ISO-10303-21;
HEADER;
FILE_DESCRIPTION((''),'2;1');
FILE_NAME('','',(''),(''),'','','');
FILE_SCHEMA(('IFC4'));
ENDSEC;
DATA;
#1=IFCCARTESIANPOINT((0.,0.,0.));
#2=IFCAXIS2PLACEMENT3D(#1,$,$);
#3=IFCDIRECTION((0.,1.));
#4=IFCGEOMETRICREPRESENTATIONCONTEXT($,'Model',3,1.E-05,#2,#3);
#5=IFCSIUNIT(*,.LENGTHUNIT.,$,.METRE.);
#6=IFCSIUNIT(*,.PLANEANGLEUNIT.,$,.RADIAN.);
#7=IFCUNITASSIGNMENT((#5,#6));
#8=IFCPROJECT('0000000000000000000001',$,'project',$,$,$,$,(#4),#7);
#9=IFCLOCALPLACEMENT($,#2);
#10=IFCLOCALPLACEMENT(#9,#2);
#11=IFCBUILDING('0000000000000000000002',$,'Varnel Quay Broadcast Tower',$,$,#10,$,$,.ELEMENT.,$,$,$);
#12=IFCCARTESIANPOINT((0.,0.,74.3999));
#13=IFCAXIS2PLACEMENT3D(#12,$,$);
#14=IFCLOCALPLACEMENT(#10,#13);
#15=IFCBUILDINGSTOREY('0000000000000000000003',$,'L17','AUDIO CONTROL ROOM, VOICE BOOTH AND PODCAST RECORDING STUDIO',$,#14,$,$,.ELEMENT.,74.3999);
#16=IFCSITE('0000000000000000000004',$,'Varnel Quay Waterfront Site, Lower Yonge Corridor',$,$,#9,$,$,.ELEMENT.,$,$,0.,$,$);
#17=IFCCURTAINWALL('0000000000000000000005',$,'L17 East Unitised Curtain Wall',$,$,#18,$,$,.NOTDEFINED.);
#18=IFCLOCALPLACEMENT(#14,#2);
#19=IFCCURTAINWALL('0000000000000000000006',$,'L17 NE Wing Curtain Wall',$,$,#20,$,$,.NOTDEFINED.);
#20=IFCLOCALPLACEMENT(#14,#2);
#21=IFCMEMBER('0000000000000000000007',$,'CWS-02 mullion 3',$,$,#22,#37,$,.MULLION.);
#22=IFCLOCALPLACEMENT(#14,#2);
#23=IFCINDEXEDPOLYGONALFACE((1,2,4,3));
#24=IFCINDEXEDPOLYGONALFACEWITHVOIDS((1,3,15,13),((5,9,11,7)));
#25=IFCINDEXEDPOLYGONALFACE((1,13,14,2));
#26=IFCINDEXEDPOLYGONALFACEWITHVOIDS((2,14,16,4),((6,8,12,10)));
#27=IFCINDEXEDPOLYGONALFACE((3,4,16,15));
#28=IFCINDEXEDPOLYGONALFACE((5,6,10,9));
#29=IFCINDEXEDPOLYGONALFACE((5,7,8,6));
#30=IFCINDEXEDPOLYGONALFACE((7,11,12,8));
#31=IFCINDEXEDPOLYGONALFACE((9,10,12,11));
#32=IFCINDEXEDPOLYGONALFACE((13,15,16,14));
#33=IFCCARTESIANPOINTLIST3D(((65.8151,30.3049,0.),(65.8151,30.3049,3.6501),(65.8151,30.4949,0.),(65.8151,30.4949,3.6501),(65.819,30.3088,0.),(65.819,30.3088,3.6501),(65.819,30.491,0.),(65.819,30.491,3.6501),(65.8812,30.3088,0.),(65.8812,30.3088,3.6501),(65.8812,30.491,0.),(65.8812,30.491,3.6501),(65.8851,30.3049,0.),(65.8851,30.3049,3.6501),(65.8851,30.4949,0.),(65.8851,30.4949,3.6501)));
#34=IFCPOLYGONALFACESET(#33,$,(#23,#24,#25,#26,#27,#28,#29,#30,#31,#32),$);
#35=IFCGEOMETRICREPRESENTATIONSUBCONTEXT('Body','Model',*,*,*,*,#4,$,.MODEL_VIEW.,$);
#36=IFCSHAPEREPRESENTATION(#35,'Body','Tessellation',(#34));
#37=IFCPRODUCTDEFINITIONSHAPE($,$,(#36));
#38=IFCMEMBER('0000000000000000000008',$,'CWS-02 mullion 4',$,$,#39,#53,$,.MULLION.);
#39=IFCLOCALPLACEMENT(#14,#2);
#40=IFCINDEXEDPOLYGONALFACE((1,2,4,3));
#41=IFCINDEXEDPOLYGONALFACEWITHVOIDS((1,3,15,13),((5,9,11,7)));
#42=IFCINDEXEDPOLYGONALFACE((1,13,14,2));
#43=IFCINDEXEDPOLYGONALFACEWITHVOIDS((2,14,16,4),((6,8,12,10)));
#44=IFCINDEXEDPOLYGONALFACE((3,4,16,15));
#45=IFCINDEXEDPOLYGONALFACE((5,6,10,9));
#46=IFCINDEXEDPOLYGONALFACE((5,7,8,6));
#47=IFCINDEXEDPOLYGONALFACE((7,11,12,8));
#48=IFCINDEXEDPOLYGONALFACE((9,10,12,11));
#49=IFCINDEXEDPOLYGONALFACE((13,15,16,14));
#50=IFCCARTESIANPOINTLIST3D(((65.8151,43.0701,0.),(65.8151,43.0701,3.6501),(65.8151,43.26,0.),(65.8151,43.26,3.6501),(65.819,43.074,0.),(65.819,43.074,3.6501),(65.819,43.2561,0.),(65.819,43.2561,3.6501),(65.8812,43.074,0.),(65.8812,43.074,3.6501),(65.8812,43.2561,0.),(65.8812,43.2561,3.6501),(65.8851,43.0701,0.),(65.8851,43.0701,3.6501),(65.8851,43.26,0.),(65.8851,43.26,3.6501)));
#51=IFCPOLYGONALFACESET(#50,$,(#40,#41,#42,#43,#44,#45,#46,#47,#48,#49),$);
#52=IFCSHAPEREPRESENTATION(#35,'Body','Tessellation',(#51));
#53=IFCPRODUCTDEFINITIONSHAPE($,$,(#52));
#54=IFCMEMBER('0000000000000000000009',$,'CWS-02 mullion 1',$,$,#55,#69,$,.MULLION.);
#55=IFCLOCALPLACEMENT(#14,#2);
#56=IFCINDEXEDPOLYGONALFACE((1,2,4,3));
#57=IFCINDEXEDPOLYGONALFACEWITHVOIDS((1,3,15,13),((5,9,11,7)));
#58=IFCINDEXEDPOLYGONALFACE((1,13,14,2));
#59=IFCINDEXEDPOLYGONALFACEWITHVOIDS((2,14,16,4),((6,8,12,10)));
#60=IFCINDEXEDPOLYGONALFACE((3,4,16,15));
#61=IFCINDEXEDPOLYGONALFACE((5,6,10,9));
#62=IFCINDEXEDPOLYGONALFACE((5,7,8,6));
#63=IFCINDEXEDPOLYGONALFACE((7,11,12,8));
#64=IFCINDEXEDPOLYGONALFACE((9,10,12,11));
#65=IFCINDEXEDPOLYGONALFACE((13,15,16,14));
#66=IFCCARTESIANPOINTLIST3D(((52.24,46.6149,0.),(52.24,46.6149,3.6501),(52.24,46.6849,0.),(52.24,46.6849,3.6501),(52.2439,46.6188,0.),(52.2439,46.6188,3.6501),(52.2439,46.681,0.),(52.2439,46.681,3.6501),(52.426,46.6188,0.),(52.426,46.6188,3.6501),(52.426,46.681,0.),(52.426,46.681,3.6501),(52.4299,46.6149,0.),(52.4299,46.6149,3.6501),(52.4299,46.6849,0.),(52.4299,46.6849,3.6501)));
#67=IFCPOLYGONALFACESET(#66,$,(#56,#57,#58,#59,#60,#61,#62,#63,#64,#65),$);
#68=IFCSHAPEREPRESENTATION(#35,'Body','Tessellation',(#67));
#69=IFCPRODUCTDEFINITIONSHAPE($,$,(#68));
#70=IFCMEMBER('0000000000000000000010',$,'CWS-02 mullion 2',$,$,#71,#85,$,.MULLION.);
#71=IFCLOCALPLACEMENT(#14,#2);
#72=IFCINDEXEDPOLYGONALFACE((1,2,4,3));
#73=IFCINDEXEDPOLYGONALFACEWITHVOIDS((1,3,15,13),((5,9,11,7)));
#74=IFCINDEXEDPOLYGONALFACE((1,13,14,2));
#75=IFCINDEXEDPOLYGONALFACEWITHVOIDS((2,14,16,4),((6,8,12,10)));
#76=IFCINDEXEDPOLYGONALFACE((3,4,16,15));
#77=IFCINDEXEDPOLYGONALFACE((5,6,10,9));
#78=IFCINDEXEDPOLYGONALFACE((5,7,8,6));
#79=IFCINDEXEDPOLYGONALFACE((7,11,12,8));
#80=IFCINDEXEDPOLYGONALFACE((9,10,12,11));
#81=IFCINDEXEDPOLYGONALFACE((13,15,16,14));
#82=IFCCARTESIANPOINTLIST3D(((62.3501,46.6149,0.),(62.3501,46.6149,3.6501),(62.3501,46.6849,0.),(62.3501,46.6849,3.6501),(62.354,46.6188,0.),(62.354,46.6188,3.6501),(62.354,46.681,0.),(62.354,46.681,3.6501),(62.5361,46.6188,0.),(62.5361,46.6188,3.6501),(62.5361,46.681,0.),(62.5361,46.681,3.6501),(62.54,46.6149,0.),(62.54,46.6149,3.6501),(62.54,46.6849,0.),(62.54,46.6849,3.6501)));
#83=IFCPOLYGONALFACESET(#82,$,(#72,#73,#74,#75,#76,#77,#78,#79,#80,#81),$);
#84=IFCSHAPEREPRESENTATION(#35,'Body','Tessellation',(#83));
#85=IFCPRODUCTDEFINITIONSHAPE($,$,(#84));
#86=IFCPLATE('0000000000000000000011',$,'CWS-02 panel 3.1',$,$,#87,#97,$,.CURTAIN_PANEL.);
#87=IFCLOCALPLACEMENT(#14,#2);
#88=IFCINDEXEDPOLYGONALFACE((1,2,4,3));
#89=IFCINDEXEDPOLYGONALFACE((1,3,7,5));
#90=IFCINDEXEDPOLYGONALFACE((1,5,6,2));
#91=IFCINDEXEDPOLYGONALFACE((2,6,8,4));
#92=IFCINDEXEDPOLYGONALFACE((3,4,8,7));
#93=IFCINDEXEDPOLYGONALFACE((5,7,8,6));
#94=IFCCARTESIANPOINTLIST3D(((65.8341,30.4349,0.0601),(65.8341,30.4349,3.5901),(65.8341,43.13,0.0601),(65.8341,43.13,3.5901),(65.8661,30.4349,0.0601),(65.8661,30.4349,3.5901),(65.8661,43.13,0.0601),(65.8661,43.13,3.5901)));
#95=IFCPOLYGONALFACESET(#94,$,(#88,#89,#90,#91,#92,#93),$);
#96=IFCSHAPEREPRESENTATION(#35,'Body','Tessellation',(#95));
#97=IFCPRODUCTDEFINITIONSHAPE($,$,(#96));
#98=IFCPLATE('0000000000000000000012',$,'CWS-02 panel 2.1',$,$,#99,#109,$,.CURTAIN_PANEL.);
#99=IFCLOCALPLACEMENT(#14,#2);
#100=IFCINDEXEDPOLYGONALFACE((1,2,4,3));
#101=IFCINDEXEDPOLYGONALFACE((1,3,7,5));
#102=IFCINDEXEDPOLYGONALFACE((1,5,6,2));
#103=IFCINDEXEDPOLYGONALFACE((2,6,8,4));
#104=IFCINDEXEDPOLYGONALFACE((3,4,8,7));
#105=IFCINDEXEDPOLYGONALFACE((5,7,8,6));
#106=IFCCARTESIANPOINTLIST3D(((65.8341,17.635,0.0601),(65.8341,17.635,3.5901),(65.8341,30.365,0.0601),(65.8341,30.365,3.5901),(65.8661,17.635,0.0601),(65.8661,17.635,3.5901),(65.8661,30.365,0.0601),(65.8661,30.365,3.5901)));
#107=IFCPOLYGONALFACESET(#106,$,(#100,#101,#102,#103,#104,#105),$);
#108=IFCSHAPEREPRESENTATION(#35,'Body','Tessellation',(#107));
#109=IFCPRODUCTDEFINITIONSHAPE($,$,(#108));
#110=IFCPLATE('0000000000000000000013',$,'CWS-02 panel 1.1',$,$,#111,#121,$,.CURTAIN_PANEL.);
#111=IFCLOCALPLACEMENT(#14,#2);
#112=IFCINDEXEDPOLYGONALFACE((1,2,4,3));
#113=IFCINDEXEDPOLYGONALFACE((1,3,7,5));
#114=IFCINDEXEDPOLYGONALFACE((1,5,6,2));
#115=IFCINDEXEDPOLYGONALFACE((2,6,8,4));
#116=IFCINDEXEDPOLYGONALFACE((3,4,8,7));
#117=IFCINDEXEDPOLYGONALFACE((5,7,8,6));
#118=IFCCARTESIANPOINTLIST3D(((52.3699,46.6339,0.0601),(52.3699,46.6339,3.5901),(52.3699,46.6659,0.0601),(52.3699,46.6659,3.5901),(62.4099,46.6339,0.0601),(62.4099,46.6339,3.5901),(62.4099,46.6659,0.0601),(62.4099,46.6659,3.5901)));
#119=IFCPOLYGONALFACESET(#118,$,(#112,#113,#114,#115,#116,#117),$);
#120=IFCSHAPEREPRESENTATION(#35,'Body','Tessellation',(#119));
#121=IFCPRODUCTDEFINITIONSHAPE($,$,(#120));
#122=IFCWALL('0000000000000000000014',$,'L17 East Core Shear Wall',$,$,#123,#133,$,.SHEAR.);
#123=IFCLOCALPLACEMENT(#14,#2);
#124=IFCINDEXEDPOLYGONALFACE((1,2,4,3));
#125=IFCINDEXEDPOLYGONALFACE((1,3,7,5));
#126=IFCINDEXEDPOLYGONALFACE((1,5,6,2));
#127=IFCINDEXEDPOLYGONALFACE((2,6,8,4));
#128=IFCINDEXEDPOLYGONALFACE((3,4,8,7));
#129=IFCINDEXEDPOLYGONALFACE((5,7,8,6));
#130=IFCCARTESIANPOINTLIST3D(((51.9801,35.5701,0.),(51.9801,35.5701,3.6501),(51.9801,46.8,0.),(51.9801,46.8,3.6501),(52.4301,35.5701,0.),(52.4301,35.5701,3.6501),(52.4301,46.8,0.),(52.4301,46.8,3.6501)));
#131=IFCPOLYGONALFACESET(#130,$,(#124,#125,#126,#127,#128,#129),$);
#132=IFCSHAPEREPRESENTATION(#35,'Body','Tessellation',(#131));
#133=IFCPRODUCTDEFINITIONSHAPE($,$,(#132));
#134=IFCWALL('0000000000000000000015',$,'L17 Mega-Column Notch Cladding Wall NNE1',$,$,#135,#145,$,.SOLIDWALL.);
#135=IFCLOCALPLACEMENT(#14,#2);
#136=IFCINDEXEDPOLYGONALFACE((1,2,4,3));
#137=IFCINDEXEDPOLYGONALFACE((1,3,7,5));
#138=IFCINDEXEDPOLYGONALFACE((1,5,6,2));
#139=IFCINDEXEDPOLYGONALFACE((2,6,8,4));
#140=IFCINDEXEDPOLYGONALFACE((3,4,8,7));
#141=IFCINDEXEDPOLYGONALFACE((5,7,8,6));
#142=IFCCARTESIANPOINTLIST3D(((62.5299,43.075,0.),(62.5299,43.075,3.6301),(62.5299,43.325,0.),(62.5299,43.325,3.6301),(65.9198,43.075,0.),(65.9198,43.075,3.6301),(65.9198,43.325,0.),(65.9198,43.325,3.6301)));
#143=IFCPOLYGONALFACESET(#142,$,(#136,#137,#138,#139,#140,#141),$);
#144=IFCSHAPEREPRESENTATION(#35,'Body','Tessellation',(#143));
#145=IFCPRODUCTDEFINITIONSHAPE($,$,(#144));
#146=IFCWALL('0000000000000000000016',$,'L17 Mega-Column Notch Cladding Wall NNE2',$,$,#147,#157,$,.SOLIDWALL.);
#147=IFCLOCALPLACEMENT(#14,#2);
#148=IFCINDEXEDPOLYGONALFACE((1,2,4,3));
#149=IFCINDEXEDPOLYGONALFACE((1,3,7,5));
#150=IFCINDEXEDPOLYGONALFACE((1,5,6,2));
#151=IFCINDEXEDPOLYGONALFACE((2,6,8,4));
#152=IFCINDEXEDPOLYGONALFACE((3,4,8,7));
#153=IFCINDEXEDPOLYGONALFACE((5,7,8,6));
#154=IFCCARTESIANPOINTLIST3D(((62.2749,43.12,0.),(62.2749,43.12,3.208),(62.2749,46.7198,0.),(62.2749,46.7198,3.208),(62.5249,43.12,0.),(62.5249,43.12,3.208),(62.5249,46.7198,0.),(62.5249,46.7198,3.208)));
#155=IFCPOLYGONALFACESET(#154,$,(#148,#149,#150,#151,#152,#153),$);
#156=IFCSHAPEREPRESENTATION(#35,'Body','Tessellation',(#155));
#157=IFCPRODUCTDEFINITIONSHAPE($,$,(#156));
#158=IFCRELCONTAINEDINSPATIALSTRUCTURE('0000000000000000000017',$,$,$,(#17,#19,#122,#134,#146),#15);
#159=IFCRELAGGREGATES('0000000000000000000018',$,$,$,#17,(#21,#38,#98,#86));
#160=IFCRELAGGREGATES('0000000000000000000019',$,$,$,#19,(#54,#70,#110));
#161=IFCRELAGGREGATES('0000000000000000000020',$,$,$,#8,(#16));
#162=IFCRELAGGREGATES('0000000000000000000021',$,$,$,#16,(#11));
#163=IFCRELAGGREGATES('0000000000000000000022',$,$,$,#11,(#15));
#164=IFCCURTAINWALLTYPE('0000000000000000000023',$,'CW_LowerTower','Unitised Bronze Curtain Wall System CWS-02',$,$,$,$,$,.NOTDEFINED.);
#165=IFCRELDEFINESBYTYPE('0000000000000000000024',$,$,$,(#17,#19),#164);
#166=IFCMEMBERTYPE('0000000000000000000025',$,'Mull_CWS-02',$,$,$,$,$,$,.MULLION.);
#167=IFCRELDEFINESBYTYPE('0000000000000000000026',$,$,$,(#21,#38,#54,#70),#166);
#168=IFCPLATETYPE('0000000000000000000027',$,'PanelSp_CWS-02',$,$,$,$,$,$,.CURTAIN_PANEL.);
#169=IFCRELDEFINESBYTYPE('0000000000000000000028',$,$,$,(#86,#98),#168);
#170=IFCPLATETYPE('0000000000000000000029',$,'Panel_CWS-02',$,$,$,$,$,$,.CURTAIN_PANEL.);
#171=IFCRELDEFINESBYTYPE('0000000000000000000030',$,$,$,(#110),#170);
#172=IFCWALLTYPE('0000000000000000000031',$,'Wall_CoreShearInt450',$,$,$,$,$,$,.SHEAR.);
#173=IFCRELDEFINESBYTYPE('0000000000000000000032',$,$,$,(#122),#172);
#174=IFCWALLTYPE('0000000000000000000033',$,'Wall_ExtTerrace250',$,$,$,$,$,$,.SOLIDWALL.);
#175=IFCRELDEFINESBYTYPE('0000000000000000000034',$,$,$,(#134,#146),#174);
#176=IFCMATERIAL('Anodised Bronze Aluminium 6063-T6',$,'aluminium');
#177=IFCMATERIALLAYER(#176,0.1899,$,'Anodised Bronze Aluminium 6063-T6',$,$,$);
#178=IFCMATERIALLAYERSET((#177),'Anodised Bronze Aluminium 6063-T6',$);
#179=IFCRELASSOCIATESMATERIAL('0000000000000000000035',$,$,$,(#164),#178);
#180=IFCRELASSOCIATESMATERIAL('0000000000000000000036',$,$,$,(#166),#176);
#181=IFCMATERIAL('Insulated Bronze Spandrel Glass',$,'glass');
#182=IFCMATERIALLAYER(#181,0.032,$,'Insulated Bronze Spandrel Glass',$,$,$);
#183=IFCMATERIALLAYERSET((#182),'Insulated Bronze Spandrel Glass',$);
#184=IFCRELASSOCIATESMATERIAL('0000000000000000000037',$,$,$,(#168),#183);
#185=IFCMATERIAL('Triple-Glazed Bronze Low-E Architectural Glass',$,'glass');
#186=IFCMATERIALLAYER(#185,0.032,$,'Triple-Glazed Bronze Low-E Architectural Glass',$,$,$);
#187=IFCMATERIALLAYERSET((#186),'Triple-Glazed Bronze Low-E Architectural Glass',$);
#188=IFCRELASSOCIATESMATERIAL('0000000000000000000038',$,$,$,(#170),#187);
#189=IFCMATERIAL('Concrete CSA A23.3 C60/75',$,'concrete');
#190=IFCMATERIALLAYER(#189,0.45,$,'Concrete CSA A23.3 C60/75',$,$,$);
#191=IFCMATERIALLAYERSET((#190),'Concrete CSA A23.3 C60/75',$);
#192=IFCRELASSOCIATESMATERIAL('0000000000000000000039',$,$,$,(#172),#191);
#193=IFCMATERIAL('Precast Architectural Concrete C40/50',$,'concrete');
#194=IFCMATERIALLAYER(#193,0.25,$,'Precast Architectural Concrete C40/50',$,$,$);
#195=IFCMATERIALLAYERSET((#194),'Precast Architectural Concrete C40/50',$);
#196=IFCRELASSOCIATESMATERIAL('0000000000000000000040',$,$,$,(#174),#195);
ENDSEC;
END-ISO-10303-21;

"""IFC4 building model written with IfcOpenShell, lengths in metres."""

from ifc_helpers import new_model, si_unit, direction, frame, frame_2d, origin, origin_2d, place, context, subcontext, project, spatial, rectangle, hollow_rectangle, extrude, source, transform, mapped, material, layer, layer_set, material_profile, profile_set, type_object, type_shapes, element, aggregate, save


model = new_model("IFC4")

# Units and contexts
model_context = context("Model", 3, precision=1e-05, world=origin(), true_north=direction((0.0, 1.0)))
body_context = subcontext(model_context, "Body", "Model", "MODEL_VIEW")
ifc_project = project(units=[si_unit("LENGTHUNIT", "METRE"), si_unit("PLANEANGLEUNIT", "RADIAN")], contexts=[model_context])

# Site, building, storey
site_placement = place(None, origin())
site = spatial("IfcSite", under=ifc_project, at=site_placement, Name="Varnel Quay Waterfront Site, Lower Yonge Corridor", CompositionType="ELEMENT", RefElevation=0.0)
building_placement = place(site_placement, origin())
building = spatial("IfcBuilding", under=site, at=building_placement, Name="Varnel Quay Broadcast Tower", CompositionType="ELEMENT")
storey_placement = place(building_placement, frame((0.0, 0.0, 74.3999)))
storey = spatial("IfcBuildingStorey", under=building, at=storey_placement, Name="L17", Description="AUDIO CONTROL ROOM, VOICE BOOTH AND PODCAST RECORDING STUDIO", CompositionType="ELEMENT", Elevation=74.3999)

# Curtain walls
ifc_material_1 = material(Name="Anodised Bronze Aluminium 6063-T6", Category="aluminium")
ifc_layer_1 = layer(ifc_material_1, 0.1899, Name="Anodised Bronze Aluminium 6063-T6")
ifc_layer_set_1 = layer_set([ifc_layer_1], Name="Anodised Bronze Aluminium 6063-T6")
curtain_wall_type = type_object("IfcCurtainWallType", Name="CW_LowerTower", Description="Unitised Bronze Curtain Wall System CWS-02", PredefinedType="NOTDEFINED", material=ifc_layer_set_1)
curtain_wall_1_placement = place(storey_placement, origin())
curtain_wall_1 = element("IfcCurtainWall", 1, at=curtain_wall_1_placement, inside=storey, type_object=curtain_wall_type, Name="L17 East Unitised Curtain Wall", PredefinedType="NOTDEFINED")
curtain_wall_2_placement = place(storey_placement, origin())
curtain_wall_2 = element("IfcCurtainWall", 2, at=curtain_wall_2_placement, inside=storey, type_object=curtain_wall_type, Name="L17 NE Wing Curtain Wall", PredefinedType="NOTDEFINED")

# Members
ifc_material_profile_1 = material_profile(ifc_material_1, hollow_rectangle(XDim=0.0701, YDim=0.1899, WallThickness=0.0039, at=origin_2d()), Name="ALU70X190X4")
ifc_profile_set_1 = profile_set([ifc_material_profile_1], Name="Anodised Bronze Aluminium 6063-T6")
member_type_1 = type_object("IfcMemberType", Name="Mull_CWS-02", PredefinedType="MULLION", material=ifc_profile_set_1)
shared_shape_1 = source(origin(), body_context, "Body", "SweptSolid", [
    extrude(hollow_rectangle(XDim=0.0701, YDim=0.1899, WallThickness=0.0039, at=origin_2d()), origin(), (0.0, 0.0, 1.0), 3.6501),
])
type_shapes(member_type_1, [shared_shape_1])
member_1_placement = place(storey_placement, frame((65.8501, 30.3999, 0.0), z_axis=(0.0, 0.0, 1.0), x_axis=(-1.0, 0.0, 0.0)))
member_1 = element("IfcMember", 3, at=member_1_placement, type_object=member_type_1, Name="CWS-02 mullion 3", PredefinedType="MULLION", context=body_context, shape_type="MappedRepresentation", body=[
    mapped(shared_shape_1, transform((0.0, 0.0, 0.0), x_axis=(1.0, 0.0, 0.0), y_axis=(0.0, 1.0, 0.0), z_axis=(0.0, 0.0, 1.0), scale=1.0)),
])
member_2_placement = place(storey_placement, frame((65.8501, 43.165, 0.0), z_axis=(0.0, 0.0, 1.0), x_axis=(-1.0, 0.0, 0.0)))
member_2 = element("IfcMember", 4, at=member_2_placement, type_object=member_type_1, Name="CWS-02 mullion 4", PredefinedType="MULLION", context=body_context, shape_type="MappedRepresentation", body=[
    mapped(shared_shape_1, transform((0.0, 0.0, 0.0), x_axis=(1.0, 0.0, 0.0), y_axis=(0.0, 1.0, 0.0), z_axis=(0.0, 0.0, 1.0), scale=1.0)),
])
member_3_placement = place(storey_placement, frame((52.335, 46.6499, 0.0), z_axis=(0.0, 0.0, 1.0), x_axis=(0.0, 1.0, 0.0)))
member_3 = element("IfcMember", 5, at=member_3_placement, type_object=member_type_1, Name="CWS-02 mullion 1", PredefinedType="MULLION", context=body_context, shape_type="MappedRepresentation", body=[
    mapped(shared_shape_1, transform((0.0, 0.0, 0.0), x_axis=(1.0, 0.0, 0.0), y_axis=(0.0, 1.0, 0.0), z_axis=(0.0, 0.0, 1.0), scale=1.0)),
])
member_4_placement = place(storey_placement, frame((62.4451, 46.6499, 0.0), z_axis=(0.0, 0.0, 1.0), x_axis=(0.0, 1.0, 0.0)))
member_4 = element("IfcMember", 6, at=member_4_placement, type_object=member_type_1, Name="CWS-02 mullion 2", PredefinedType="MULLION", context=body_context, shape_type="MappedRepresentation", body=[
    mapped(shared_shape_1, transform((0.0, 0.0, 0.0), x_axis=(1.0, 0.0, 0.0), y_axis=(0.0, 1.0, 0.0), z_axis=(0.0, 0.0, 1.0), scale=1.0)),
])

# Plates
ifc_material_2 = material(Name="Insulated Bronze Spandrel Glass", Category="glass")
ifc_layer_2 = layer(ifc_material_2, 0.032, Name="Insulated Bronze Spandrel Glass")
ifc_layer_set_2 = layer_set([ifc_layer_2], Name="Insulated Bronze Spandrel Glass")
plate_type_1 = type_object("IfcPlateType", Name="PanelSp_CWS-02", PredefinedType="CURTAIN_PANEL", material=ifc_layer_set_2)
shared_shape_2 = source(origin(), body_context, "Body", "SweptSolid", [
    extrude(rectangle(XDim=12.6951, YDim=0.032, at=origin_2d()), origin(), (0.0, 0.0, 1.0), 3.53),
])
plate_1_placement = place(storey_placement, frame((65.8501, 36.7825, 0.0601), z_axis=(0.0, 0.0, 1.0), x_axis=(0.0, 1.0, 0.0)))
plate_1 = element("IfcPlate", 7, at=plate_1_placement, type_object=plate_type_1, Name="CWS-02 panel 3.1", PredefinedType="CURTAIN_PANEL", context=body_context, shape_type="MappedRepresentation", body=[
    mapped(shared_shape_2, transform((0.0, 0.0, 0.0), x_axis=(1.0, 0.0, 0.0), y_axis=(0.0, 1.0, 0.0), z_axis=(0.0, 0.0, 1.0), scale=1.0)),
])
shared_shape_3 = source(origin(), body_context, "Body", "SweptSolid", [
    extrude(rectangle(XDim=12.73, YDim=0.032, at=origin_2d()), origin(), (0.0, 0.0, 1.0), 3.53),
])
type_shapes(plate_type_1, [shared_shape_2, shared_shape_3])
plate_2_placement = place(storey_placement, frame((65.8501, 24.0, 0.0601), z_axis=(0.0, 0.0, 1.0), x_axis=(0.0, 1.0, 0.0)))
plate_2 = element("IfcPlate", 8, at=plate_2_placement, type_object=plate_type_1, Name="CWS-02 panel 2.1", PredefinedType="CURTAIN_PANEL", context=body_context, shape_type="MappedRepresentation", body=[
    mapped(shared_shape_3, transform((0.0, 0.0, 0.0), x_axis=(1.0, 0.0, 0.0), y_axis=(0.0, 1.0, 0.0), z_axis=(0.0, 0.0, 1.0), scale=1.0)),
])
aggregate(curtain_wall_1, [member_1, member_2, plate_2, plate_1])
ifc_material_3 = material(Name="Triple-Glazed Bronze Low-E Architectural Glass", Category="glass")
ifc_layer_3 = layer(ifc_material_3, 0.032, Name="Triple-Glazed Bronze Low-E Architectural Glass")
ifc_layer_set_3 = layer_set([ifc_layer_3], Name="Triple-Glazed Bronze Low-E Architectural Glass")
plate_type_2 = type_object("IfcPlateType", Name="Panel_CWS-02", PredefinedType="CURTAIN_PANEL", material=ifc_layer_set_3)
shared_shape_4 = source(origin(), body_context, "Body", "SweptSolid", [
    extrude(rectangle(XDim=10.04, YDim=0.032, at=origin_2d()), origin(), (0.0, 0.0, 1.0), 3.53),
])
type_shapes(plate_type_2, [shared_shape_4])
plate_3_placement = place(storey_placement, frame((57.3899, 46.6499, 0.0601), z_axis=(0.0, 0.0, 1.0), x_axis=(1.0, 0.0, 0.0)))
plate_3 = element("IfcPlate", 9, at=plate_3_placement, type_object=plate_type_2, Name="CWS-02 panel 1.1", PredefinedType="CURTAIN_PANEL", context=body_context, shape_type="MappedRepresentation", body=[
    mapped(shared_shape_4, transform((0.0, 0.0, 0.0), x_axis=(1.0, 0.0, 0.0), y_axis=(0.0, 1.0, 0.0), z_axis=(0.0, 0.0, 1.0), scale=1.0)),
])
aggregate(curtain_wall_2, [member_3, member_4, plate_3])

# Walls
ifc_material_4 = material(Name="Concrete CSA A23.3 C60/75", Category="concrete")
ifc_layer_4 = layer(ifc_material_4, 0.45, Name="Concrete CSA A23.3 C60/75")
ifc_layer_set_4 = layer_set([ifc_layer_4], Name="Concrete CSA A23.3 C60/75")
wall_type_1 = type_object("IfcWallType", Name="Wall_CoreShearInt450", PredefinedType="SHEAR", material=ifc_layer_set_4)
wall_1_placement = place(storey_placement, frame((52.2051, 35.5701, 0.0), z_axis=(0.0, 0.0, 1.0), x_axis=(0.0, 1.0, 0.0)))
element("IfcWall", 10, at=wall_1_placement, inside=storey, type_object=wall_type_1, Name="L17 East Core Shear Wall", PredefinedType="SHEAR", context=body_context, shape_type="SweptSolid", body=[
    extrude(rectangle(XDim=11.23, YDim=0.45, at=frame_2d((5.615, 0.0))), origin(), (0.0, 0.0, 1.0), 3.6501),
])
ifc_material_5 = material(Name="Precast Architectural Concrete C40/50", Category="concrete")
ifc_layer_5 = layer(ifc_material_5, 0.25, Name="Precast Architectural Concrete C40/50")
ifc_layer_set_5 = layer_set([ifc_layer_5], Name="Precast Architectural Concrete C40/50")
wall_type_2 = type_object("IfcWallType", Name="Wall_ExtTerrace250", PredefinedType="SOLIDWALL", material=ifc_layer_set_5)
wall_2_placement = place(storey_placement, frame((62.53, 43.2, 0.0), z_axis=(0.0, 0.0, 1.0), x_axis=(1.0, 0.0, 0.0)))
element("IfcWall", 11, at=wall_2_placement, inside=storey, type_object=wall_type_2, Name="L17 Mega-Column Notch Cladding Wall NNE1", PredefinedType="SOLIDWALL", context=body_context, shape_type="SweptSolid", body=[
    extrude(rectangle(XDim=3.3899, YDim=0.25, at=frame_2d((1.6948, 0.0))), origin(), (0.0, 0.0, 1.0), 3.6301),
])
wall_3_placement = place(storey_placement, frame((62.3999, 43.1201, 0.0), z_axis=(0.0, 0.0, 1.0), x_axis=(0.0, 1.0, 0.0)))
element("IfcWall", 12, at=wall_3_placement, inside=storey, type_object=wall_type_2, Name="L17 Mega-Column Notch Cladding Wall NNE2", PredefinedType="SOLIDWALL", context=body_context, shape_type="SweptSolid", body=[
    extrude(rectangle(XDim=3.5999, YDim=0.25, at=frame_2d((1.7998, 0.0))), origin(), (0.0, 0.0, 1.0), 3.208),
])

save(model, "model.ifc")
